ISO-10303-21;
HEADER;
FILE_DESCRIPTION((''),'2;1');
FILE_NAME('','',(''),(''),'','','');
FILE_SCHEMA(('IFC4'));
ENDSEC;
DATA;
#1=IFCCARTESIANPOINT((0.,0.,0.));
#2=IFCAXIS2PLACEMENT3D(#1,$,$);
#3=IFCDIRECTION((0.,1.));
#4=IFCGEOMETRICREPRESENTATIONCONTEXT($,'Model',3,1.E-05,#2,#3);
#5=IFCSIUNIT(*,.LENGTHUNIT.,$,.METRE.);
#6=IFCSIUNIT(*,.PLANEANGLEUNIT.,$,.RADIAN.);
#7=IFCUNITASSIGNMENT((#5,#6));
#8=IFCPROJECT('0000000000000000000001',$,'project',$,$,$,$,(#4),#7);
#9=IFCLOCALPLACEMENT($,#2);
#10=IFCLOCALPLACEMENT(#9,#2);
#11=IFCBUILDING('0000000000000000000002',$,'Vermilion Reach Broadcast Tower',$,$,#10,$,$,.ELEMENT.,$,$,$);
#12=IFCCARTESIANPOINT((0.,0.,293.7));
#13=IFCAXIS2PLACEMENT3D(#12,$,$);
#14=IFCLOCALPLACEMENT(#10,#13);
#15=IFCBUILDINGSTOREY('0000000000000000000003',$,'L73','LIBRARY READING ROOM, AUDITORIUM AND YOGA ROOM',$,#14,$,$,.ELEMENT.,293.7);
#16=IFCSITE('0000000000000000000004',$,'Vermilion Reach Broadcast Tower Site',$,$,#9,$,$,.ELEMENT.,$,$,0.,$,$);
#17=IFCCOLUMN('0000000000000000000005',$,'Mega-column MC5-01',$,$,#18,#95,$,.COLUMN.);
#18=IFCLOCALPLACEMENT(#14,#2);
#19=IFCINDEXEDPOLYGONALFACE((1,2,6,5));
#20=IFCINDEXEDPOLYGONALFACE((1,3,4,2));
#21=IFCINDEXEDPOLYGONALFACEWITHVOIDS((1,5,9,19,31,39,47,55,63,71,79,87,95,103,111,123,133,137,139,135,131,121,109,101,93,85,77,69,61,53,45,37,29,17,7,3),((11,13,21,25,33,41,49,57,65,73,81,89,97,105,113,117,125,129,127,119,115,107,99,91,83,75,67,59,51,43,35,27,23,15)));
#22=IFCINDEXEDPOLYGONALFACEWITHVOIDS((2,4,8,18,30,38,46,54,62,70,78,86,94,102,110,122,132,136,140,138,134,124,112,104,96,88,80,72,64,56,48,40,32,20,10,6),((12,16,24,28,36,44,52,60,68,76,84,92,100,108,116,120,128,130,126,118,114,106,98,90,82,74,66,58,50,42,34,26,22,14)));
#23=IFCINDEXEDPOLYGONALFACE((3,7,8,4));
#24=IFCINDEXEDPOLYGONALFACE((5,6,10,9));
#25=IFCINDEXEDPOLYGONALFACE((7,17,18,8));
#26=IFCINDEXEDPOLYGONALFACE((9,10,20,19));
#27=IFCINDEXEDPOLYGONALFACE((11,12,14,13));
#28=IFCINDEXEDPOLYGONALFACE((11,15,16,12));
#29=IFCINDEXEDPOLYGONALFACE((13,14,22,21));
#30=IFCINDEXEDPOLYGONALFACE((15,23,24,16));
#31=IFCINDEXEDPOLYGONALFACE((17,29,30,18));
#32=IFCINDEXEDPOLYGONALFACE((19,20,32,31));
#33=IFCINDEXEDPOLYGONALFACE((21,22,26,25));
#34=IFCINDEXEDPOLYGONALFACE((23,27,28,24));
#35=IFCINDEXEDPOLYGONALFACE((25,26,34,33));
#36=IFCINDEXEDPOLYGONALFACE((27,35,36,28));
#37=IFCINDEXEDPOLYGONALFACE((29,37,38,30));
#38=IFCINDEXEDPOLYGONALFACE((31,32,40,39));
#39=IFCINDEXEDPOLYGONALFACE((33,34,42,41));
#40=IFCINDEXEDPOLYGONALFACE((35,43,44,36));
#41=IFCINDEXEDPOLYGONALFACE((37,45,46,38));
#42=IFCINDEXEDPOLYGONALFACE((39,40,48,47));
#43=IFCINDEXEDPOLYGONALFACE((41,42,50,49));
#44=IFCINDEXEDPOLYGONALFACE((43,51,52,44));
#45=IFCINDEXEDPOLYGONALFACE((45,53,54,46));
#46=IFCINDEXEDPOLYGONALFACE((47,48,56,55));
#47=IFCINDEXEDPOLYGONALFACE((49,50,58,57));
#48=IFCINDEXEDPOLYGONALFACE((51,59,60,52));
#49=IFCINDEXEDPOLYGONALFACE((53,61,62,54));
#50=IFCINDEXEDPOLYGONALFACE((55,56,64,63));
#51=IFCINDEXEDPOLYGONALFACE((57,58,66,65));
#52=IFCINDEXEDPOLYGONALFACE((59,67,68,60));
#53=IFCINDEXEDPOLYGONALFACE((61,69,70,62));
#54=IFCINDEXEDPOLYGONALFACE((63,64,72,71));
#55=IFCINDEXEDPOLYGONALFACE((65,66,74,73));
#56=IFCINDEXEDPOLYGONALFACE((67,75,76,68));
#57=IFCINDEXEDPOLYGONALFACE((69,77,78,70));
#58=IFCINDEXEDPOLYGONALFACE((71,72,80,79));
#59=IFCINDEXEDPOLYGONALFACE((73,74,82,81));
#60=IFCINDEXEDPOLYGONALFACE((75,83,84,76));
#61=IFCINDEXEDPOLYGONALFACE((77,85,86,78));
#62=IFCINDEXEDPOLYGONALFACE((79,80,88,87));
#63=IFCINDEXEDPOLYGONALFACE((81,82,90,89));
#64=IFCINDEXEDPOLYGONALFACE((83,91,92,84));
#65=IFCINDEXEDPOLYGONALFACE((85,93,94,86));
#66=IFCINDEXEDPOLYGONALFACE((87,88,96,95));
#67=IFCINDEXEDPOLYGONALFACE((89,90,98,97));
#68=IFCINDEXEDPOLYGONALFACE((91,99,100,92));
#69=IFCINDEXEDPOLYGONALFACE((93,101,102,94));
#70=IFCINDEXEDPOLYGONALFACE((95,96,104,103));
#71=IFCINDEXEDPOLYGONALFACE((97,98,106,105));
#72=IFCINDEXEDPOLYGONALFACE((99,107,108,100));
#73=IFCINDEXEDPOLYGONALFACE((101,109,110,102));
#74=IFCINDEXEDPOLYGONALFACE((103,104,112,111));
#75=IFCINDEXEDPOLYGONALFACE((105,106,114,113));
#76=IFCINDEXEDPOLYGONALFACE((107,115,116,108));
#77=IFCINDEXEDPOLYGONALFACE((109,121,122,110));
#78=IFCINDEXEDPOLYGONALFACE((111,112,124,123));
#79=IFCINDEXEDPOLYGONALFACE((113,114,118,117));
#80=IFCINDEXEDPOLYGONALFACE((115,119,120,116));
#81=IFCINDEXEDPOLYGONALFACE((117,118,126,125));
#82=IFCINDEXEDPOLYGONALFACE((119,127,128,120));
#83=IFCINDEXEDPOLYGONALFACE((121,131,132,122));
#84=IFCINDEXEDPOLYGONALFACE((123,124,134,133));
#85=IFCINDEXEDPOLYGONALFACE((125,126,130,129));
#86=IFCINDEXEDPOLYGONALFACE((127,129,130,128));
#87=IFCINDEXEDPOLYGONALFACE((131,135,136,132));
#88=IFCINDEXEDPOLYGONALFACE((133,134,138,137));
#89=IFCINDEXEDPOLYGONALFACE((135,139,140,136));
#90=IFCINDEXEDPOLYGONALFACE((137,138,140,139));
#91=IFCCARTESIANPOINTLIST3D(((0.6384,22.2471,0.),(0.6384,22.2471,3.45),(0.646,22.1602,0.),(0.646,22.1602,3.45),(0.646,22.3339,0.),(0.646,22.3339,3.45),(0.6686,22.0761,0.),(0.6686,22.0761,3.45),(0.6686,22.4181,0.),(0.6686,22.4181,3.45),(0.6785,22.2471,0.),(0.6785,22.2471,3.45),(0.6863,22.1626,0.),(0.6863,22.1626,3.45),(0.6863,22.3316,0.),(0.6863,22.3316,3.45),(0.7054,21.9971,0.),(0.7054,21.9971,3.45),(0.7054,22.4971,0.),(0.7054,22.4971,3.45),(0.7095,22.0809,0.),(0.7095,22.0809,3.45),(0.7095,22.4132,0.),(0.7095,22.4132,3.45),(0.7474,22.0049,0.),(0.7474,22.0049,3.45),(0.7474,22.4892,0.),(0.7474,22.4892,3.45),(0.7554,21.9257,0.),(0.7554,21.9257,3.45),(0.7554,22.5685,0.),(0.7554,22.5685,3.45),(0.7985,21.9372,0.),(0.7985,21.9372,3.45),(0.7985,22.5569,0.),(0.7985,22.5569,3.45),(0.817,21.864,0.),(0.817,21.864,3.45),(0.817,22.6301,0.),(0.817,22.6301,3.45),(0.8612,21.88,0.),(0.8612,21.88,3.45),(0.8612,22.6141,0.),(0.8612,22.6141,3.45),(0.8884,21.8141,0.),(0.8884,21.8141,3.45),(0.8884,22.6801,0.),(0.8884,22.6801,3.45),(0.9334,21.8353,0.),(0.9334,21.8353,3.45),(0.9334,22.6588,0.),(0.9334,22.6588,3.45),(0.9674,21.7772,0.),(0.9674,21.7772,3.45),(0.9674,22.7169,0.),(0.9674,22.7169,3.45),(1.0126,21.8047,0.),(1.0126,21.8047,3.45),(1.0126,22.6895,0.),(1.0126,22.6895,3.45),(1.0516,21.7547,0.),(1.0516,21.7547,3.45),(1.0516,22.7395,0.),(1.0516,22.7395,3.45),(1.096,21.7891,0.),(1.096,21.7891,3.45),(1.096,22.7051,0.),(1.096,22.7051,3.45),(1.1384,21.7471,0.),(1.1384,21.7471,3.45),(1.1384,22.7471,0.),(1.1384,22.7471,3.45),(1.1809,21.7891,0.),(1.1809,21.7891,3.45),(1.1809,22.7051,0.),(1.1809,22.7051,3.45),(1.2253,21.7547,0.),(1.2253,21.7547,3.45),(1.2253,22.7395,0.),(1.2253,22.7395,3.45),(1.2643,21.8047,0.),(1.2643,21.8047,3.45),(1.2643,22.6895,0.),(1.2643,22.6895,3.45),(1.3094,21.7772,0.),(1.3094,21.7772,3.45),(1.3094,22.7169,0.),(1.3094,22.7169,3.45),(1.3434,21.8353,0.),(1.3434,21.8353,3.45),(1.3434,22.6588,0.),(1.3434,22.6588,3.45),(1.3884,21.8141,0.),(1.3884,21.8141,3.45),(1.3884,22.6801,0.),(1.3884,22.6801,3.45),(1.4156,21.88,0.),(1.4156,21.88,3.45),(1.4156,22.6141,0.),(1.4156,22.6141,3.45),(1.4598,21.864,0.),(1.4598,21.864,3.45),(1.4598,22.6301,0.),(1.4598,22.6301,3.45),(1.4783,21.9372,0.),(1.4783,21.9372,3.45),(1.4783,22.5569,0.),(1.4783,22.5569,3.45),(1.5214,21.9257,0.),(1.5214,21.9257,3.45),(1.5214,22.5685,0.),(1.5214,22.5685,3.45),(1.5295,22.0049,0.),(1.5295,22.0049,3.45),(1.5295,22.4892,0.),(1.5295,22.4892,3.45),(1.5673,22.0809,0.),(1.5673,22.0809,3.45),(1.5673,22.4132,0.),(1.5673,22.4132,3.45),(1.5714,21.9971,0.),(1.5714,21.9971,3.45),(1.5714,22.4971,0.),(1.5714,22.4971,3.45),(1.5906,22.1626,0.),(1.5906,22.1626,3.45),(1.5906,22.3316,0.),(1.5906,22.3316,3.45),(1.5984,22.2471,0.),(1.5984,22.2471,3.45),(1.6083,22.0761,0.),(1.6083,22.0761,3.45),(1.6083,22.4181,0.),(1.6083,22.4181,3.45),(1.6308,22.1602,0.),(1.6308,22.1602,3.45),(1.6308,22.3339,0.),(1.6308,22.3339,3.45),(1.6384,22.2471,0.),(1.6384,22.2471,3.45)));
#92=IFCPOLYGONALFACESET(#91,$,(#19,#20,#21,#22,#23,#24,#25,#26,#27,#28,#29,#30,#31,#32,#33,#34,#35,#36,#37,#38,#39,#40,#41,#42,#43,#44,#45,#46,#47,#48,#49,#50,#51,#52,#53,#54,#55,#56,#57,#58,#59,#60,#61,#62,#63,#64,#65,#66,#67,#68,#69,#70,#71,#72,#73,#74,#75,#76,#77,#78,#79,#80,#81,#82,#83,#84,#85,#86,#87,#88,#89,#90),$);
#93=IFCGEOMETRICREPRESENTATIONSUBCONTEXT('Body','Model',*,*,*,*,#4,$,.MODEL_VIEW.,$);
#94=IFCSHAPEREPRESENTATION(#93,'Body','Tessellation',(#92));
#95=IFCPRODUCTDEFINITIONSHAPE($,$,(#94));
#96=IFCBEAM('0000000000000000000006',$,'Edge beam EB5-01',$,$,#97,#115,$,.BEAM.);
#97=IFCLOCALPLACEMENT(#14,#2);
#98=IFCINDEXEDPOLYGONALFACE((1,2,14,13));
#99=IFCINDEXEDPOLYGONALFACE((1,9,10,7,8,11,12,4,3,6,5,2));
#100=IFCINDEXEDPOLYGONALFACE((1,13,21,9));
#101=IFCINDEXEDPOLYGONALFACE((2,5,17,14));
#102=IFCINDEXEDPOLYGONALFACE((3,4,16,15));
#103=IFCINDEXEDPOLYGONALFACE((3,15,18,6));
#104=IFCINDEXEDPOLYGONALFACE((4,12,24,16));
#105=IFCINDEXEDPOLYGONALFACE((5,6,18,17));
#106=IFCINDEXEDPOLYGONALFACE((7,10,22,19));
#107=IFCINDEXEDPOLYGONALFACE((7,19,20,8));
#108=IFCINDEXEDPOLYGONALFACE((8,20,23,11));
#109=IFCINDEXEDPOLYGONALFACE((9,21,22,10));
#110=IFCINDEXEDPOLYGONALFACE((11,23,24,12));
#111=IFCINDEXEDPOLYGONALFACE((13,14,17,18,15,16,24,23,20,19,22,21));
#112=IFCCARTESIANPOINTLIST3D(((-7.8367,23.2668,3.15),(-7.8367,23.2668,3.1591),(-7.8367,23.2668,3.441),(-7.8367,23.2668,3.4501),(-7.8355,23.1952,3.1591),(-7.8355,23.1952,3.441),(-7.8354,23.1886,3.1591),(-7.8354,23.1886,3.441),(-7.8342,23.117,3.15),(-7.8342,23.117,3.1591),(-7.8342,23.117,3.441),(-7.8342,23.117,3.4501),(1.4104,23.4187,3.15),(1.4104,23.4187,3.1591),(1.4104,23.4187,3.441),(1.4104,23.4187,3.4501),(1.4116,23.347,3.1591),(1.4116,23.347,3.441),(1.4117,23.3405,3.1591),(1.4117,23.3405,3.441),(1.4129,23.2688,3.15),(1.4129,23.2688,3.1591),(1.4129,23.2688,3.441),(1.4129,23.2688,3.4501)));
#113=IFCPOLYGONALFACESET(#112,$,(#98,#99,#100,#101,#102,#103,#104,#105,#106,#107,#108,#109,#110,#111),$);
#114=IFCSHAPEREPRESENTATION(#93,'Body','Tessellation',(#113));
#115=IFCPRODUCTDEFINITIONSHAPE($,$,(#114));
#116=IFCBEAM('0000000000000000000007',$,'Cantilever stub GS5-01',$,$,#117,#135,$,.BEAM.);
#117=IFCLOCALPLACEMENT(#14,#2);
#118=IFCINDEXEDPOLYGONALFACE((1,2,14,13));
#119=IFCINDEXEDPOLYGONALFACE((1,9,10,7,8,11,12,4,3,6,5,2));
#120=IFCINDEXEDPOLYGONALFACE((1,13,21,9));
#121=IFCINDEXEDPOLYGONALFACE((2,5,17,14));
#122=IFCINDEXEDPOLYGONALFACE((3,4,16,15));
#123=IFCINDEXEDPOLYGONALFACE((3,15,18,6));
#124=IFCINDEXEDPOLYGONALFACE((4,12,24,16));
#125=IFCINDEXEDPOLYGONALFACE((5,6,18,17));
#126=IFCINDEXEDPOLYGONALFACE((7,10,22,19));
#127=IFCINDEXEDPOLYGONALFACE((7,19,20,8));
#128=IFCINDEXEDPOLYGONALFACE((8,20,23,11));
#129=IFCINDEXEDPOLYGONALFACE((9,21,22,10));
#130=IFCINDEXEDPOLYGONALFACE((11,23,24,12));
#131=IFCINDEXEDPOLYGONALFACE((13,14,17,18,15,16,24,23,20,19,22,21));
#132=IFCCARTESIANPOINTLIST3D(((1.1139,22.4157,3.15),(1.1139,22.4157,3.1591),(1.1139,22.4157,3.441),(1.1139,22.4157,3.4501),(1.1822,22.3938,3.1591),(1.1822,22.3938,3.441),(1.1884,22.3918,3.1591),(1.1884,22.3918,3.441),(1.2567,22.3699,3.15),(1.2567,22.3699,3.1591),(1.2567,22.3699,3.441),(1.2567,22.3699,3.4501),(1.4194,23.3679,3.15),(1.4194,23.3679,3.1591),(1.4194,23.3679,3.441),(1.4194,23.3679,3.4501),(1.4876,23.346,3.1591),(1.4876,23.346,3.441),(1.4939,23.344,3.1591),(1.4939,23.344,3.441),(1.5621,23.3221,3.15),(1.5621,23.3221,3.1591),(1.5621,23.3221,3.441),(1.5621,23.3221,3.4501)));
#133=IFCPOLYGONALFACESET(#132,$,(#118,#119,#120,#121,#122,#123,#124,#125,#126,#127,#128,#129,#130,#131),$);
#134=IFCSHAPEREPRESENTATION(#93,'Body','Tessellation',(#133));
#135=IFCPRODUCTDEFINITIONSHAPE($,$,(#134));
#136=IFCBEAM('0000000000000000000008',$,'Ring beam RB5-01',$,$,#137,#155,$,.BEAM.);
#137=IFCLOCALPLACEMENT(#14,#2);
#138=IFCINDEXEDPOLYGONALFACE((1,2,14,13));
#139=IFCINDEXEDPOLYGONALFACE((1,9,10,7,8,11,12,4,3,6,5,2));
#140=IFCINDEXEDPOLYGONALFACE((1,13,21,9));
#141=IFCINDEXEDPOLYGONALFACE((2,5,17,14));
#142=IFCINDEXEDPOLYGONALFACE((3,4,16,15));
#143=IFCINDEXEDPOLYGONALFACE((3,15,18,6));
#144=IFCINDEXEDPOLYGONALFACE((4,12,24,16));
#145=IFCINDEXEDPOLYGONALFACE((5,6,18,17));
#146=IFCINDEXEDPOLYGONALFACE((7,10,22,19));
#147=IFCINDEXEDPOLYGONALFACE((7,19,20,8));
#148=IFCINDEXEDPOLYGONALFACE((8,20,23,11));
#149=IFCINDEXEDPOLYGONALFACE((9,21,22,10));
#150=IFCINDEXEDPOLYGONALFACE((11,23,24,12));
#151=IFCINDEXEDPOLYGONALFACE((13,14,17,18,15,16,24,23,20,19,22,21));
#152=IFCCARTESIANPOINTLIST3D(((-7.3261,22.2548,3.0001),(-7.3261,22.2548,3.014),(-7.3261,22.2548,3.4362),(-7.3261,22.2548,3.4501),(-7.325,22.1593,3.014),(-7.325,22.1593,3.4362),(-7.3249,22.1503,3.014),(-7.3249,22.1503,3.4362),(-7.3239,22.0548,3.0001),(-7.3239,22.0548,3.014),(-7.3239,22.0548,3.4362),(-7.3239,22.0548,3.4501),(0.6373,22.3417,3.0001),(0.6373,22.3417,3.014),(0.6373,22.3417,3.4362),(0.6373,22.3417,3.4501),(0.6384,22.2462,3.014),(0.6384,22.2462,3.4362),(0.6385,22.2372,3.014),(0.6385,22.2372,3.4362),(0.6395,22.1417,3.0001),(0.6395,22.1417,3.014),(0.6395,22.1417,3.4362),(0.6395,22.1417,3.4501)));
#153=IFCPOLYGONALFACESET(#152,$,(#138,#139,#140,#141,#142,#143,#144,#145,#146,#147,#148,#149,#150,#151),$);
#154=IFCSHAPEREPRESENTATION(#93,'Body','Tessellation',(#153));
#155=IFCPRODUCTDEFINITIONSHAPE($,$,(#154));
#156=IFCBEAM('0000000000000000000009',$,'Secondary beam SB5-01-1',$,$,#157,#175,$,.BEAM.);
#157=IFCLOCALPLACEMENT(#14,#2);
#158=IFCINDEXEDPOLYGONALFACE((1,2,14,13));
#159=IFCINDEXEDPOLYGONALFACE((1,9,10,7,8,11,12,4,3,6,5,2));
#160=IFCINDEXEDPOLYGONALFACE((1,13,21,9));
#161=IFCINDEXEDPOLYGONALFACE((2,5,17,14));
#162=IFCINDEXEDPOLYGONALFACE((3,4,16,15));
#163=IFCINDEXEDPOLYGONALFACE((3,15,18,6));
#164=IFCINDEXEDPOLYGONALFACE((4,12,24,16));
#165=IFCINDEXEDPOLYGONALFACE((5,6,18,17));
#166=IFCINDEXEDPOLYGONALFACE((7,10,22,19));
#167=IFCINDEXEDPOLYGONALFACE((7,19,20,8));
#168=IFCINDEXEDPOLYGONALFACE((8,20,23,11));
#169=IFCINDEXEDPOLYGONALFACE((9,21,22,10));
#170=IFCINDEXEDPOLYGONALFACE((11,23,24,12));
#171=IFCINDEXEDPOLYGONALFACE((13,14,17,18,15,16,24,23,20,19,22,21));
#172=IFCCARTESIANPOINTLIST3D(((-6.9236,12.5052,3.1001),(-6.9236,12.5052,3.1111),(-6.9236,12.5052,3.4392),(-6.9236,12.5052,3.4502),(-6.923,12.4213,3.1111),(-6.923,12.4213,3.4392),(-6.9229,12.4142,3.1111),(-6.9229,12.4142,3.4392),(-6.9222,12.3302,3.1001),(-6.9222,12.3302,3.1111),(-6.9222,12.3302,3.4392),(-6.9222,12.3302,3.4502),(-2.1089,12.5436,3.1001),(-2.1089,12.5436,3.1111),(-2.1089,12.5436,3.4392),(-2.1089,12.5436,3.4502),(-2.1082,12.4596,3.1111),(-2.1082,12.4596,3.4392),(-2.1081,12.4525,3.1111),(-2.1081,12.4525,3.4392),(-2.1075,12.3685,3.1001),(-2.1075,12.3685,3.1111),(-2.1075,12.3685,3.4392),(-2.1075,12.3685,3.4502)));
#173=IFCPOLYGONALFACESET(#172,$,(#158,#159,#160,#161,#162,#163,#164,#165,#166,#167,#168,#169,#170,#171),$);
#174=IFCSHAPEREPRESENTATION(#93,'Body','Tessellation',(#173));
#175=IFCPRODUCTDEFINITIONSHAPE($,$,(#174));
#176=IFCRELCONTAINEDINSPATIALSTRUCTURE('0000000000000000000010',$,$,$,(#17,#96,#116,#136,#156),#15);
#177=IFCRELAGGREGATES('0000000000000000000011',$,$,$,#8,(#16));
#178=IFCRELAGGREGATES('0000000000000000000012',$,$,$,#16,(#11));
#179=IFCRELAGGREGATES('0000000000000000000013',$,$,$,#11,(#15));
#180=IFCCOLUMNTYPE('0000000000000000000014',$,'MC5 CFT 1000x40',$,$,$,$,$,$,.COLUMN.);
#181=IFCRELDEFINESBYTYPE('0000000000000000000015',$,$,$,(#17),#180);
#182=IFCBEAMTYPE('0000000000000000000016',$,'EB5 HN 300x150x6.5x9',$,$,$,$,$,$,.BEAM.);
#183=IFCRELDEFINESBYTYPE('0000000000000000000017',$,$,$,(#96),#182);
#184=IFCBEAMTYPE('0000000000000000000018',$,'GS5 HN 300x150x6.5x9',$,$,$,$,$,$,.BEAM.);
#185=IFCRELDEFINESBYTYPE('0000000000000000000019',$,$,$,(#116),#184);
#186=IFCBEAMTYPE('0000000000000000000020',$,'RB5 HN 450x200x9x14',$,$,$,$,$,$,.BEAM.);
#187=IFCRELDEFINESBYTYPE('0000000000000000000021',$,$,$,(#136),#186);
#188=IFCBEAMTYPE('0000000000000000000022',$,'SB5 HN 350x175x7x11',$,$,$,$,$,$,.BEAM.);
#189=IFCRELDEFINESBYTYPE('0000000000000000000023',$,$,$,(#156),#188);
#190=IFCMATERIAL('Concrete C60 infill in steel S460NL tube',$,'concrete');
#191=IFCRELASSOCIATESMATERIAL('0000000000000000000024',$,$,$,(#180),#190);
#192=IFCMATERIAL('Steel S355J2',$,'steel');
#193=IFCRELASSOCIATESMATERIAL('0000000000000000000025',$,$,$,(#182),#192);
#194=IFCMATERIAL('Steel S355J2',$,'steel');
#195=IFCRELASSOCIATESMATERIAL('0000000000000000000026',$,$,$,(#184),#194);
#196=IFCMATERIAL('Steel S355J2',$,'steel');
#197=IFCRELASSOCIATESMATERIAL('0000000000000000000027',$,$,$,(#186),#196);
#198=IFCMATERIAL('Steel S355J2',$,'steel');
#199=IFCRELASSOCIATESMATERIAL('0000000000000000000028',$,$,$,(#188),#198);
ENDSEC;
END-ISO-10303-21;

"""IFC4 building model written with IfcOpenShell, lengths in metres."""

from ifc_helpers import new_model, si_unit, direction, frame, origin, origin_2d, place, context, subcontext, project, spatial, hollow_circle, i_section, extrude, material, material_profile, profile_set, type_object, element, save


model = new_model("IFC4")

# Units and contexts
model_context = context("Model", 3, precision=1e-05, world=origin(), true_north=direction((0.0, 1.0)))
body_context = subcontext(model_context, "Body", "Model", "MODEL_VIEW")
ifc_project = project(units=[si_unit("LENGTHUNIT", "METRE"), si_unit("PLANEANGLEUNIT", "RADIAN")], contexts=[model_context])

# Site, building, storey
site_placement = place(None, origin())
site = spatial("IfcSite", under=ifc_project, at=site_placement, Name="Vermilion Reach Broadcast Tower Site", CompositionType="ELEMENT", RefElevation=0.0)
building_placement = place(site_placement, origin())
building = spatial("IfcBuilding", under=site, at=building_placement, Name="Vermilion Reach Broadcast Tower", CompositionType="ELEMENT")
storey_placement = place(building_placement, frame((0.0, 0.0, 293.7)))
storey = spatial("IfcBuildingStorey", under=building, at=storey_placement, Name="L73", Description="LIBRARY READING ROOM, AUDITORIUM AND YOGA ROOM", CompositionType="ELEMENT", Elevation=293.7)

# Column
ifc_material_1 = material(Name="Concrete C60 infill in steel S460NL tube", Category="concrete")
ifc_material_profile_1 = material_profile(ifc_material_1, hollow_circle(Radius=0.5, WallThickness=0.04, at=origin_2d()), Name="Concrete C60 infill in steel S460NL tube CFT 1000x40")
ifc_profile_set_1 = profile_set([ifc_material_profile_1], Name="Concrete C60 infill in steel S460NL tube")
column_type = type_object("IfcColumnType", Name="MC5 CFT 1000x40", PredefinedType="COLUMN", material=ifc_profile_set_1)
column_placement = place(storey_placement, frame((1.1384, 22.2471, 0.0), z_axis=(0.0, 0.0, 1.0), x_axis=(1.0, 0.0, 0.0)))
element("IfcColumn", 1, at=column_placement, inside=storey, type_object=column_type, Name="Mega-column MC5-01", PredefinedType="COLUMN", context=body_context, shape_type="SweptSolid", body=[
    extrude(hollow_circle(Radius=0.5, WallThickness=0.04, at=origin_2d()), origin(), (0.0, 0.0, 1.0), 3.45),
])

# Beams
ifc_material_2 = material(Name="Steel S355J2", Category="steel")
ifc_material_profile_2 = material_profile(ifc_material_2, i_section(OverallWidth=0.1499, OverallDepth=0.3, WebThickness=0.0066, FlangeThickness=0.009, at=origin_2d()), Name="S355J2 HN 300x150x6.5x9")
ifc_profile_set_2 = profile_set([ifc_material_profile_2], Name="Steel S355J2")
beam_type_1 = type_object("IfcBeamType", Name="EB5 HN 300x150x6.5x9", PredefinedType="BEAM", material=ifc_profile_set_2)
beam_1_placement = place(storey_placement, frame((1.4116, 23.3438, 3.3), z_axis=(-0.999865, -0.01642, 0.0), x_axis=(0.01642, -0.999865, 0.0)))
element("IfcBeam", 2, at=beam_1_placement, inside=storey, type_object=beam_type_1, Name="Edge beam EB5-01", PredefinedType="BEAM", context=body_context, shape_type="SweptSolid", body=[
    extrude(i_section(OverallWidth=0.1499, OverallDepth=0.3, WebThickness=0.0066, FlangeThickness=0.009, at=origin_2d()), origin(), (0.0, 0.0, 1.0), 9.2483),
])
ifc_material_3 = material(Name="Steel S355J2", Category="steel")
ifc_material_profile_3 = material_profile(ifc_material_3, i_section(OverallWidth=0.1499, OverallDepth=0.3, WebThickness=0.0066, FlangeThickness=0.009, at=origin_2d()), Name="S355J2 HN 300x150x6.5x9")
ifc_profile_set_3 = profile_set([ifc_material_profile_3], Name="Steel S355J2")
beam_type_2 = type_object("IfcBeamType", Name="GS5 HN 300x150x6.5x9", PredefinedType="BEAM", material=ifc_profile_set_3)
beam_2_placement = place(storey_placement, frame((1.1853, 22.3928, 3.3), z_axis=(0.30544, 0.952211, 0.0), x_axis=(-0.952211, 0.30544, 0.0)))
element("IfcBeam", 3, at=beam_2_placement, inside=storey, type_object=beam_type_2, Name="Cantilever stub GS5-01", PredefinedType="BEAM", context=body_context, shape_type="SweptSolid", body=[
    extrude(i_section(OverallWidth=0.1499, OverallDepth=0.3, WebThickness=0.0066, FlangeThickness=0.009, at=origin_2d()), origin(), (0.0, 0.0, 1.0), 1.0),
])
ifc_material_4 = material(Name="Steel S355J2", Category="steel")
ifc_material_profile_4 = material_profile(ifc_material_4, i_section(OverallWidth=0.2, OverallDepth=0.45, WebThickness=0.009, FlangeThickness=0.0139, at=origin_2d()), Name="S355J2 HN 450x200x9x14")
ifc_profile_set_4 = profile_set([ifc_material_profile_4], Name="Steel S355J2")
beam_type_3 = type_object("IfcBeamType", Name="RB5 HN 450x200x9x14", PredefinedType="BEAM", material=ifc_profile_set_4)
beam_3_placement = place(storey_placement, frame((0.6384, 22.2417, 3.2251), z_axis=(-0.99994, -0.010914, 0.0), x_axis=(0.010914, -0.99994, 0.0)))
element("IfcBeam", 4, at=beam_3_placement, inside=storey, type_object=beam_type_3, Name="Ring beam RB5-01", PredefinedType="BEAM", context=body_context, shape_type="SweptSolid", body=[
    extrude(i_section(OverallWidth=0.2, OverallDepth=0.45, WebThickness=0.009, FlangeThickness=0.0139, at=origin_2d()), origin(), (0.0, 0.0, 1.0), 7.9639),
])
ifc_material_5 = material(Name="Steel S355J2", Category="steel")
ifc_material_profile_5 = material_profile(ifc_material_5, i_section(OverallWidth=0.175, OverallDepth=0.3501, WebThickness=0.0071, FlangeThickness=0.011, at=origin_2d()), Name="S355J2 HN 350x175x7x11")
ifc_profile_set_5 = profile_set([ifc_material_profile_5], Name="Steel S355J2")
beam_type_4 = type_object("IfcBeamType", Name="SB5 HN 350x175x7x11", PredefinedType="BEAM", material=ifc_profile_set_5)
beam_4_placement = place(storey_placement, frame((-2.1082, 12.4561, 3.2751), z_axis=(-0.999968, -0.007961, 0.0), x_axis=(0.007961, -0.999968, 0.0)))
element("IfcBeam", 5, at=beam_4_placement, inside=storey, type_object=beam_type_4, Name="Secondary beam SB5-01-1", PredefinedType="BEAM", context=body_context, shape_type="SweptSolid", body=[
    extrude(i_section(OverallWidth=0.175, OverallDepth=0.3501, WebThickness=0.0071, FlangeThickness=0.011, at=origin_2d()), origin(), (0.0, 0.0, 1.0), 4.8149),
])

save(model, "model.ifc")
